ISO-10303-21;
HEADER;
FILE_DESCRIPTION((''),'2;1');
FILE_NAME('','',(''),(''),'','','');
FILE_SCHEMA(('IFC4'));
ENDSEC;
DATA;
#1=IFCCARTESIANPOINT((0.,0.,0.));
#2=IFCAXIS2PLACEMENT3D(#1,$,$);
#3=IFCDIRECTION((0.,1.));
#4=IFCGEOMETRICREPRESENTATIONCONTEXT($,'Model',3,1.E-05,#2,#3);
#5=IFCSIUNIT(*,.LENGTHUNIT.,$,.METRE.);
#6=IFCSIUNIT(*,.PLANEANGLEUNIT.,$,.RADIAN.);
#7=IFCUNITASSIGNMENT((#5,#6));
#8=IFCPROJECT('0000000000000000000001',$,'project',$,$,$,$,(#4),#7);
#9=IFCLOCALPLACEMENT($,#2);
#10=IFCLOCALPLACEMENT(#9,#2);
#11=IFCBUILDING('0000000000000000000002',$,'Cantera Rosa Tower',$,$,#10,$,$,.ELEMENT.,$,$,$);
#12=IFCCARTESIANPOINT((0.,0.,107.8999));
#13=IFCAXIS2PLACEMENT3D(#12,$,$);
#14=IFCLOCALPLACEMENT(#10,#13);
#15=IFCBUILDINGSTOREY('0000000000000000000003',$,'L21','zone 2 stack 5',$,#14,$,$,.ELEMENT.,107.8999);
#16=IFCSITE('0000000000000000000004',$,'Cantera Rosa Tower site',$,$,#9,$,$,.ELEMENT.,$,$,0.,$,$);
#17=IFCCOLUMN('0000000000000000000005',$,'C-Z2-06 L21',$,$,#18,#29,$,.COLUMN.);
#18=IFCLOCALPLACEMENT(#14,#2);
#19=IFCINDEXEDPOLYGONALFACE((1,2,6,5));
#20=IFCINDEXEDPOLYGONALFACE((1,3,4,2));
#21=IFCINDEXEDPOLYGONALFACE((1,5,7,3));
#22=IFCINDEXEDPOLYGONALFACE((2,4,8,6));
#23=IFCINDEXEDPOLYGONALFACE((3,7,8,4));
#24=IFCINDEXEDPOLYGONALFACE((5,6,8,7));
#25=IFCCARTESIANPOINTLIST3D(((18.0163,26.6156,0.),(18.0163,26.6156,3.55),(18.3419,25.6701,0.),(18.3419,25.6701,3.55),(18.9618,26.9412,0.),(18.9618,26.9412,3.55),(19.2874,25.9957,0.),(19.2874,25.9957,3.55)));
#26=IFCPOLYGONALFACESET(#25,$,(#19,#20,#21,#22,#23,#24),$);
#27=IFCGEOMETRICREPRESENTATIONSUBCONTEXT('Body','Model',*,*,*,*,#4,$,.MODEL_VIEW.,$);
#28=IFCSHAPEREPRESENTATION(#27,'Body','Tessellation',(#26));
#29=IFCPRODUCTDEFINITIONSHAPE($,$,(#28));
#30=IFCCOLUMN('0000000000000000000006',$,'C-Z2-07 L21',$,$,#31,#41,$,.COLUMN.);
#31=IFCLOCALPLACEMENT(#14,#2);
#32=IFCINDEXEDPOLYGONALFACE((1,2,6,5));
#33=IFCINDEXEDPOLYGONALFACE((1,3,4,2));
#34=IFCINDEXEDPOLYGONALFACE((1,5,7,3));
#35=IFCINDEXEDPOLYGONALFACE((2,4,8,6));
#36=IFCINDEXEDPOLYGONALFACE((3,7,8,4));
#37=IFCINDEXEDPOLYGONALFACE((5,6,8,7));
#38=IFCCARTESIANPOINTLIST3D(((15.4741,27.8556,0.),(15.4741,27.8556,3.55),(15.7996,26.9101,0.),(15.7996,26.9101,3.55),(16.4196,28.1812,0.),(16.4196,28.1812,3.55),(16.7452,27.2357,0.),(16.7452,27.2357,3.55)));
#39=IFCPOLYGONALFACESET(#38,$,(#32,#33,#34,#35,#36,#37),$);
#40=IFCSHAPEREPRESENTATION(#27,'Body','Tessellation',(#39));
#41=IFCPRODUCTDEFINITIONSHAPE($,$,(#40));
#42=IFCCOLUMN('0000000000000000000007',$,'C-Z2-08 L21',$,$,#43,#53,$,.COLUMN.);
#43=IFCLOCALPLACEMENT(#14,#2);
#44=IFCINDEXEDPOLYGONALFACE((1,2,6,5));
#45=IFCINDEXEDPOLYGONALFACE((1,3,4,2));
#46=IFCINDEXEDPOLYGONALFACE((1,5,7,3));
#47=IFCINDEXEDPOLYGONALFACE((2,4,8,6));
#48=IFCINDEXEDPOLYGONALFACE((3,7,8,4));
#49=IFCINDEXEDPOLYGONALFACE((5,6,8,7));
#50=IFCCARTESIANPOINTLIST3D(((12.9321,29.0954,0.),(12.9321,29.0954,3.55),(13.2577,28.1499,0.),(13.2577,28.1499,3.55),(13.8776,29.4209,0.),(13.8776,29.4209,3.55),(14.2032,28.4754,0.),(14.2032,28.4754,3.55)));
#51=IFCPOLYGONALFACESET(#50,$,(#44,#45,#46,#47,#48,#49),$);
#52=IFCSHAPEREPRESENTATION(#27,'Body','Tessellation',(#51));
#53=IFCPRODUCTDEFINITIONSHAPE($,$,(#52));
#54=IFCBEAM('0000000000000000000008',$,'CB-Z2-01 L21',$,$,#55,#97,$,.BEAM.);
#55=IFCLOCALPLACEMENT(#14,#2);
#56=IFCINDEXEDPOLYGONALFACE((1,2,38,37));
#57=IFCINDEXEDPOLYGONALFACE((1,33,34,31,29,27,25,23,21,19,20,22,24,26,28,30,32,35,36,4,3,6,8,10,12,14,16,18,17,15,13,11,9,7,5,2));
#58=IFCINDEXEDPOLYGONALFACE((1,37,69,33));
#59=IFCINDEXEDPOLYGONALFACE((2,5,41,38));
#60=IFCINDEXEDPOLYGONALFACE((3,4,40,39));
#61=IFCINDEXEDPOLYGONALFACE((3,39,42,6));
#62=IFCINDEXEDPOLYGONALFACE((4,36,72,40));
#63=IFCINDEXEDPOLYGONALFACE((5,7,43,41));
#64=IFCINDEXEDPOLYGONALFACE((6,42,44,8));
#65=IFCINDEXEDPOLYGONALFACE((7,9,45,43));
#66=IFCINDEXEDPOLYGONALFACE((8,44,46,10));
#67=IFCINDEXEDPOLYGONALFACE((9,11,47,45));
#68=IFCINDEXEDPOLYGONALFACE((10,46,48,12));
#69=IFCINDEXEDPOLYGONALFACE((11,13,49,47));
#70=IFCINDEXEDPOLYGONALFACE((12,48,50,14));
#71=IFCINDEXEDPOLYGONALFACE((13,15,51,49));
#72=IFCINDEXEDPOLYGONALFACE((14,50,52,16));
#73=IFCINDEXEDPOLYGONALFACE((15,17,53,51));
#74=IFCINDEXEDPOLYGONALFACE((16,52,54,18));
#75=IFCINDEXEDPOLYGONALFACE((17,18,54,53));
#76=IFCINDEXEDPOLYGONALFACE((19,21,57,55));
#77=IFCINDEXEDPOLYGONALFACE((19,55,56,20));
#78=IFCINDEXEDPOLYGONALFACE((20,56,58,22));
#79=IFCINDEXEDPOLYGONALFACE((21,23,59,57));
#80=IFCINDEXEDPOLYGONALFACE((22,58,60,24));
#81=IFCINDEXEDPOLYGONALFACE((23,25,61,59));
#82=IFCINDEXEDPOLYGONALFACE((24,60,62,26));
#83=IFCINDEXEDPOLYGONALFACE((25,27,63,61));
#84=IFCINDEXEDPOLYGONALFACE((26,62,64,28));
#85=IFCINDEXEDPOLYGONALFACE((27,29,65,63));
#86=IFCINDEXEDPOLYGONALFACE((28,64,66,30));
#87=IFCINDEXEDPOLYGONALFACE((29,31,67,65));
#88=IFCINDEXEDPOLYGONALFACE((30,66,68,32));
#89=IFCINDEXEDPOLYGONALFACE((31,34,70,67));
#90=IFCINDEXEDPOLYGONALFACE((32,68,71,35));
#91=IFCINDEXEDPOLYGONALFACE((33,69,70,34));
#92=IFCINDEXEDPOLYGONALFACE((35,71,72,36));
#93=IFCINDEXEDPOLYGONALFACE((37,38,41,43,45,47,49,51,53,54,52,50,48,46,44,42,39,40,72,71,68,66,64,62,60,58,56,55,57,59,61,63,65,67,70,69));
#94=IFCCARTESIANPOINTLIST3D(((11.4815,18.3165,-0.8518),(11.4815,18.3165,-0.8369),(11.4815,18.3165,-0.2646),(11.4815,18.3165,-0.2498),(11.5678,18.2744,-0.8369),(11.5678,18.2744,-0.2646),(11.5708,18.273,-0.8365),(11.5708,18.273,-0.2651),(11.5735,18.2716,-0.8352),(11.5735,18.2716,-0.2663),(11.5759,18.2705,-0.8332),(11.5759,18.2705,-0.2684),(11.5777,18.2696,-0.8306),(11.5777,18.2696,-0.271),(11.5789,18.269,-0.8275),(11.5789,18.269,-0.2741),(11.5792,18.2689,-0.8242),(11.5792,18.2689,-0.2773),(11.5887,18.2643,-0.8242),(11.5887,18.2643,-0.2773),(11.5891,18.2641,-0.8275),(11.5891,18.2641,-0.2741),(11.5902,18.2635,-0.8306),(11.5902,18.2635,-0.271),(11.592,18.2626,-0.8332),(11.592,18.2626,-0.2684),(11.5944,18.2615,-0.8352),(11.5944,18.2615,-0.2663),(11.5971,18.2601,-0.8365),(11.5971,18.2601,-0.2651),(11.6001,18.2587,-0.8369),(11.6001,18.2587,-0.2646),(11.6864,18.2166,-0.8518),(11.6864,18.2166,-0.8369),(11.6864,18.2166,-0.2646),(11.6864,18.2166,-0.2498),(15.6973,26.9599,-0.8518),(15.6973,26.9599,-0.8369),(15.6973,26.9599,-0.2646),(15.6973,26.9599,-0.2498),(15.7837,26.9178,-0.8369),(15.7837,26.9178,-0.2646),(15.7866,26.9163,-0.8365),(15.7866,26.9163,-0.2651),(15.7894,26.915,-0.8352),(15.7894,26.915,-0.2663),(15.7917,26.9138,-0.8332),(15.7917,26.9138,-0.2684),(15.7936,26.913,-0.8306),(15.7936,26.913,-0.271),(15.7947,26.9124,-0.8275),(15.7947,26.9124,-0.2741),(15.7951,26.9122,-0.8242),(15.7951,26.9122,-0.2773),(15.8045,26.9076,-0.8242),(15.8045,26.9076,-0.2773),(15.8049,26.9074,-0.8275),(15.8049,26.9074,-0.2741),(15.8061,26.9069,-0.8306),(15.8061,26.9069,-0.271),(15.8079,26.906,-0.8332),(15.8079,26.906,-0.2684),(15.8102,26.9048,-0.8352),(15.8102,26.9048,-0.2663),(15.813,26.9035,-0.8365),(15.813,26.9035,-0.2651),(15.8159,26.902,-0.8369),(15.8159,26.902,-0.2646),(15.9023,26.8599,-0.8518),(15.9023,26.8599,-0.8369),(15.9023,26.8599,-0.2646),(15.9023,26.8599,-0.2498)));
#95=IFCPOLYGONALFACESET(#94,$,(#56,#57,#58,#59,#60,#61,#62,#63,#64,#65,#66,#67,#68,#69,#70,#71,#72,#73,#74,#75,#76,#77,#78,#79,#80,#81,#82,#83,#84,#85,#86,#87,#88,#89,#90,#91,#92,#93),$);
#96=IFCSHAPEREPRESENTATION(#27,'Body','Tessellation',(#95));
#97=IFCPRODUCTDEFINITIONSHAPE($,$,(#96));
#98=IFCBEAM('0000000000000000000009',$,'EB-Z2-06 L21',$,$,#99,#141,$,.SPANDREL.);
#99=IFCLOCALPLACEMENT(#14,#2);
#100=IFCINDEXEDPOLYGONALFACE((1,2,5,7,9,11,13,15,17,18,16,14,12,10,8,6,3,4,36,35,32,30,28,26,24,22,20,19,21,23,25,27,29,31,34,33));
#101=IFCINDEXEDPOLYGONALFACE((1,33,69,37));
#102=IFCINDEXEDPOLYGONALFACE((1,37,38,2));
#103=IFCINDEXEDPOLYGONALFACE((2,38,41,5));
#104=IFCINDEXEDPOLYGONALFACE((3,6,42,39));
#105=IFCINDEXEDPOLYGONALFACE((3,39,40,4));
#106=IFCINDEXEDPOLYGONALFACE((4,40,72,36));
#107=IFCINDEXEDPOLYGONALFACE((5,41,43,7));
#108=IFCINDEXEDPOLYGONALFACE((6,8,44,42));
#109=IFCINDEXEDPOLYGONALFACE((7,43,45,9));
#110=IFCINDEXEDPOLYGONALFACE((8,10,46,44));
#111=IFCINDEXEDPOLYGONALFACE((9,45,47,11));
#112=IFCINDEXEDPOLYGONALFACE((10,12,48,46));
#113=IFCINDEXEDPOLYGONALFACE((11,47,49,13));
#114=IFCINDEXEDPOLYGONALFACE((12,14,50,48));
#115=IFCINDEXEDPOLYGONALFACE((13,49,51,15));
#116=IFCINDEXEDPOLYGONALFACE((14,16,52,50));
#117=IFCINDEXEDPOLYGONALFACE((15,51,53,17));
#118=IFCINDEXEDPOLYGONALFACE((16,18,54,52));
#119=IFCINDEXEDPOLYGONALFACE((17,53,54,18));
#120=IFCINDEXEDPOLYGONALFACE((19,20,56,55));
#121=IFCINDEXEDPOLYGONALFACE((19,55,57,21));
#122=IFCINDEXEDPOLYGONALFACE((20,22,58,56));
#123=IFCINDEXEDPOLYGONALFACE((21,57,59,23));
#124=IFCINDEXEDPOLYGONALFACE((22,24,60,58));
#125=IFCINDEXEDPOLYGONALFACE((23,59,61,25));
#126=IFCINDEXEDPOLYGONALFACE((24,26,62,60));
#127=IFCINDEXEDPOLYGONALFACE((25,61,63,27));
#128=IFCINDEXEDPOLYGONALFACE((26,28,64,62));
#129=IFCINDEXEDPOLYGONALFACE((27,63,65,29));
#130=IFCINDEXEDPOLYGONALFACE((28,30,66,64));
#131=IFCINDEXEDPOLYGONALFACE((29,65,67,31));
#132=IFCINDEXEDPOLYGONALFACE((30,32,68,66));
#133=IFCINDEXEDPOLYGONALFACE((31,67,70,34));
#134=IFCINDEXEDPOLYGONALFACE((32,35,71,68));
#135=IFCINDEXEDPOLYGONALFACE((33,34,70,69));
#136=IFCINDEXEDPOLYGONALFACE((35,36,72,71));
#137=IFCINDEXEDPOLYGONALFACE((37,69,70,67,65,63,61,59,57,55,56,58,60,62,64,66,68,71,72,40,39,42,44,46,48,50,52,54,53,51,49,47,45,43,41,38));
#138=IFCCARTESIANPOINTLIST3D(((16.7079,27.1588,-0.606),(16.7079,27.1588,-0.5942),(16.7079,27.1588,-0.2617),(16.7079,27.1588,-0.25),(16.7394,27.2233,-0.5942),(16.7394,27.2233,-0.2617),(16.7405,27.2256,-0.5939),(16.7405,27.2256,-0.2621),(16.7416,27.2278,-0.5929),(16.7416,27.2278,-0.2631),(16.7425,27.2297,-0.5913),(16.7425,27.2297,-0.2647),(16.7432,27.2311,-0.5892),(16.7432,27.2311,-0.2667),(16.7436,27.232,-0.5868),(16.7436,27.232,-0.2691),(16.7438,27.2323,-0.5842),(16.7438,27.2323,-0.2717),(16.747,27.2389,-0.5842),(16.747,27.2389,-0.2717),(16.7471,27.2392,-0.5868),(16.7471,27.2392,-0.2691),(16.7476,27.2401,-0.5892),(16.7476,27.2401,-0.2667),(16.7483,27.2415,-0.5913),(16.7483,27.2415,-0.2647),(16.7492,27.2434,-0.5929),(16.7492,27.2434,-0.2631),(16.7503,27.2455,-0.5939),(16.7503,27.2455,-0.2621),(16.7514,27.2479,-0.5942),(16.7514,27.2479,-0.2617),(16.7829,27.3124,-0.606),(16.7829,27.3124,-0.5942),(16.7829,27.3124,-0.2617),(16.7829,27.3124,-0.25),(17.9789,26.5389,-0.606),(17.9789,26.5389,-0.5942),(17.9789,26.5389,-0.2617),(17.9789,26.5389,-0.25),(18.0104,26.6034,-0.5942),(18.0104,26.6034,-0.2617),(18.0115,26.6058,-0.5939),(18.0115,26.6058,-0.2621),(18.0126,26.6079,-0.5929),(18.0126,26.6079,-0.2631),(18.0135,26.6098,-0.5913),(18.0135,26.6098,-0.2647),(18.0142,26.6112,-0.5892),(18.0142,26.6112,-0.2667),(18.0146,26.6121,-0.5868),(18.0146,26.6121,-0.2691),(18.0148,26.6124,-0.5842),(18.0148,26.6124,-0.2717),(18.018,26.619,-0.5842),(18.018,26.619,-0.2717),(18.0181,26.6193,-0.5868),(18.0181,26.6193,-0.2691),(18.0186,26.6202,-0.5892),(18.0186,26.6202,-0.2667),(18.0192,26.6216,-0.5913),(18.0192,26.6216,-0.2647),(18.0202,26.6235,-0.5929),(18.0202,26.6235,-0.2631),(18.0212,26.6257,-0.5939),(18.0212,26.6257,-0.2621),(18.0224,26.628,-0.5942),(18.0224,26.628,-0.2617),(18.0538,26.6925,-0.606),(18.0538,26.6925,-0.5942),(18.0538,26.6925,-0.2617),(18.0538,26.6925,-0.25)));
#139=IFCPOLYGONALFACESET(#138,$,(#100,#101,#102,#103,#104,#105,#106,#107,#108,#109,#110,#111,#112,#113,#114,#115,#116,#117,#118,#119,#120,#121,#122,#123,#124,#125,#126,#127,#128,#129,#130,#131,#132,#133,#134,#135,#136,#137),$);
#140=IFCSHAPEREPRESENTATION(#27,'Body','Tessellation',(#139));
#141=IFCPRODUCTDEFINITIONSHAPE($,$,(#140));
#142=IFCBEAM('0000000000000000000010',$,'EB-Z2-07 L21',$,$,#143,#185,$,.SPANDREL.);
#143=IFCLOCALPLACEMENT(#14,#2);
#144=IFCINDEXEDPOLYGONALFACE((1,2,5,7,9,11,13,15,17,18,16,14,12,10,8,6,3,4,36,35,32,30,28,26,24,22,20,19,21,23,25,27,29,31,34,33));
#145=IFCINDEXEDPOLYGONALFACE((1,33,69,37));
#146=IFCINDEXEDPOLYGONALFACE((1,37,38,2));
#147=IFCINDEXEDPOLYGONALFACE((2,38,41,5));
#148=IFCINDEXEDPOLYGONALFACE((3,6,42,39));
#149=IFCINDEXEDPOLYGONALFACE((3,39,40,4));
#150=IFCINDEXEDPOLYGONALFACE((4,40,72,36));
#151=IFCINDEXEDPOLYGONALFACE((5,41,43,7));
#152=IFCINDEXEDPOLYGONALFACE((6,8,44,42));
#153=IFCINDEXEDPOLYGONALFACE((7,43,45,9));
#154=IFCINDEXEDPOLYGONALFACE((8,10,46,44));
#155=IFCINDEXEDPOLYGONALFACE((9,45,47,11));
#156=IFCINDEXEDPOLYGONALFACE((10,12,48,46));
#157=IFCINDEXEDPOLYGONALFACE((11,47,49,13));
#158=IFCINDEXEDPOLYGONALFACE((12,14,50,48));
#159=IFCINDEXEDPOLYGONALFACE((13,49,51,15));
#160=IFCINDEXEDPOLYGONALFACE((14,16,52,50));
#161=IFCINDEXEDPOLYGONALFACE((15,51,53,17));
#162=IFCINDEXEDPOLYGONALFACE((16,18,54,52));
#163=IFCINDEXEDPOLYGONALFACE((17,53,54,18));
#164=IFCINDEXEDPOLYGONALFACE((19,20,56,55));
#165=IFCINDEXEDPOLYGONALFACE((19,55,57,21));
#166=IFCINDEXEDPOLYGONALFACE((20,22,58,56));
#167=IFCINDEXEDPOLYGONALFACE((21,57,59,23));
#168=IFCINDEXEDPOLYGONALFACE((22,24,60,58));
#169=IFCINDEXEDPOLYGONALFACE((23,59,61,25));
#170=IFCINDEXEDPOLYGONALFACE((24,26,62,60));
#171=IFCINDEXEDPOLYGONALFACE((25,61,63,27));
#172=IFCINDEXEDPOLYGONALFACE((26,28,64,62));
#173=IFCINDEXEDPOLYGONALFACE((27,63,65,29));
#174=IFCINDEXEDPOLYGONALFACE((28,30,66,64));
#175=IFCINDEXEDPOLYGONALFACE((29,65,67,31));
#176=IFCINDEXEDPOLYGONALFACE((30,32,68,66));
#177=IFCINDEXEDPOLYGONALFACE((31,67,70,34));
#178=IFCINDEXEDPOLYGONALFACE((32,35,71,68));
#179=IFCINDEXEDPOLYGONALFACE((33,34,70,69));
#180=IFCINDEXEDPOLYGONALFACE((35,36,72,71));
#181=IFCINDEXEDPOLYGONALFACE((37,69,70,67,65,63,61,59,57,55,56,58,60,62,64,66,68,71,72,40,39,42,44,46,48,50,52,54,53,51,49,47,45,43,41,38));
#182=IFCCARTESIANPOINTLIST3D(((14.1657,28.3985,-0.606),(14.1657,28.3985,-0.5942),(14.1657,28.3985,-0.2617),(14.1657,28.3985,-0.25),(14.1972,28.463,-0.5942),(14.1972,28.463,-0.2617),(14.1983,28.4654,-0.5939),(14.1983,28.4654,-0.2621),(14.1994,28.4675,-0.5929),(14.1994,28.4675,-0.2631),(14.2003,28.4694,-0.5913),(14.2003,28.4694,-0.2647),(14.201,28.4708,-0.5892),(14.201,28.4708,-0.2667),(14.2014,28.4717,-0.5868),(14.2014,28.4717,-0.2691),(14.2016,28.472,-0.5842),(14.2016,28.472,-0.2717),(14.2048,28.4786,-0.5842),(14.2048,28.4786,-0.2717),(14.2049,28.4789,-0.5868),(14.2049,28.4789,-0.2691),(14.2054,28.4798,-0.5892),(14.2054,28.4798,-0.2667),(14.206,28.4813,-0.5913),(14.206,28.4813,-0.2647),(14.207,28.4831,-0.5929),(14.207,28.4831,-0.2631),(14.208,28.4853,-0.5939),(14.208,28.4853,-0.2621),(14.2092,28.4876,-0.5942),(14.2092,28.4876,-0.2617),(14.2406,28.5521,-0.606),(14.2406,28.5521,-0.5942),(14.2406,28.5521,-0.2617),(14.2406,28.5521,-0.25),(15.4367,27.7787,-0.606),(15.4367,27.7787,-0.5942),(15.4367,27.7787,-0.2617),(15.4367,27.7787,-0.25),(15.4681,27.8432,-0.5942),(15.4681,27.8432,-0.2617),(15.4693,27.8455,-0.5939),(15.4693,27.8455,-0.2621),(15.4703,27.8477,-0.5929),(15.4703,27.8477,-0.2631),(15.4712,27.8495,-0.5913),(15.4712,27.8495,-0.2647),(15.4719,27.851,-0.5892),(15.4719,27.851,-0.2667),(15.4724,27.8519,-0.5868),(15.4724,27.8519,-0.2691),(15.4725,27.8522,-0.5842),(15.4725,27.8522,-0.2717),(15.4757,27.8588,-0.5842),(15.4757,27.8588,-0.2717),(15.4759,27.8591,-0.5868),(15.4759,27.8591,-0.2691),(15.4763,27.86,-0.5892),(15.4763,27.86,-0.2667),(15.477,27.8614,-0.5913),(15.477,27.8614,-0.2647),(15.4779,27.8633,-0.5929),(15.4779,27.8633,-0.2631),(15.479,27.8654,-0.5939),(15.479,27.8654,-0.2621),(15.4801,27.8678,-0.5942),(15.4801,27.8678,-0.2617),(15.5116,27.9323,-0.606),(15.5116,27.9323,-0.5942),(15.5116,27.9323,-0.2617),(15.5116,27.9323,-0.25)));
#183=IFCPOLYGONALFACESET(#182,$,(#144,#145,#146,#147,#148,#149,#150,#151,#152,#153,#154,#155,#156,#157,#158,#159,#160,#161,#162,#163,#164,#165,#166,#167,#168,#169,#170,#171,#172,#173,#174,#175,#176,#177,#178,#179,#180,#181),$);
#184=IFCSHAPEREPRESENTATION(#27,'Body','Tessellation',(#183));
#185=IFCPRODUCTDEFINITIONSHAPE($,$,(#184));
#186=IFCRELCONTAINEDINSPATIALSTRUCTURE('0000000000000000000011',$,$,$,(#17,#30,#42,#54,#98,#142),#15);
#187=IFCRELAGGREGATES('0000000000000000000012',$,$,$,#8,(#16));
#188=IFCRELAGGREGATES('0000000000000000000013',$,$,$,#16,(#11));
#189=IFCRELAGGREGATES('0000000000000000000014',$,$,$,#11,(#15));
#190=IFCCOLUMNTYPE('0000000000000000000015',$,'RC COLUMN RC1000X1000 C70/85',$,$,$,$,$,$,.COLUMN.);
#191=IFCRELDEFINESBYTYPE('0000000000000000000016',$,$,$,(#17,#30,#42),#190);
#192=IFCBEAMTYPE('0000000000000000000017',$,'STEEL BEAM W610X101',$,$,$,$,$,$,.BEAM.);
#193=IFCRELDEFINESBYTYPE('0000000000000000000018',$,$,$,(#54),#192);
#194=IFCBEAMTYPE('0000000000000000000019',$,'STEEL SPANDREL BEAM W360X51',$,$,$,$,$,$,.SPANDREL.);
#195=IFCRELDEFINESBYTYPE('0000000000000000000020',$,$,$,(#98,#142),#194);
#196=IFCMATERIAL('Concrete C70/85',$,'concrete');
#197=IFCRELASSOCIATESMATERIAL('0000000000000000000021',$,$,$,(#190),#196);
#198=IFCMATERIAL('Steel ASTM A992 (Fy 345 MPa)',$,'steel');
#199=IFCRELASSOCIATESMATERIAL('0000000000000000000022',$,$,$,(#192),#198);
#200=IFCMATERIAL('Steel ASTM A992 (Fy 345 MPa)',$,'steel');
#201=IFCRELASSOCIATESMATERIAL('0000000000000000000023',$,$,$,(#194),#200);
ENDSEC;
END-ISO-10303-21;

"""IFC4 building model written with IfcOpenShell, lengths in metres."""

from ifc_helpers import new_model, si_unit, direction, frame, origin, origin_2d, place, context, subcontext, project, spatial, rectangle, i_section, extrude, material, material_profile, profile_set, type_object, element, save


model = new_model("IFC4")

# Units and contexts
model_context = context("Model", 3, precision=1e-05, world=origin(), true_north=direction((0.0, 1.0)))
body_context = subcontext(model_context, "Body", "Model", "MODEL_VIEW")
ifc_project = project(units=[si_unit("LENGTHUNIT", "METRE"), si_unit("PLANEANGLEUNIT", "RADIAN")], contexts=[model_context])

# Site, building, storey
site_placement = place(None, origin())
site = spatial("IfcSite", under=ifc_project, at=site_placement, Name="Cantera Rosa Tower site", CompositionType="ELEMENT", RefElevation=0.0)
building_placement = place(site_placement, origin())
building = spatial("IfcBuilding", under=site, at=building_placement, Name="Cantera Rosa Tower", CompositionType="ELEMENT")
storey_placement = place(building_placement, frame((0.0, 0.0, 107.8999)))
storey = spatial("IfcBuildingStorey", under=building, at=storey_placement, Name="L21", Description="zone 2 stack 5", CompositionType="ELEMENT", Elevation=107.8999)

# Columns
ifc_material_1 = material(Name="Concrete C70/85", Category="concrete")
ifc_material_profile_1 = material_profile(ifc_material_1, rectangle(XDim=1.0, YDim=1.0, at=origin_2d()), Name="RC COLUMN RC1000X1000 C70/85")
ifc_profile_set_1 = profile_set([ifc_material_profile_1], Name="Concrete C70/85")
column_type = type_object("IfcColumnType", Name="RC COLUMN RC1000X1000 C70/85", PredefinedType="COLUMN", material=ifc_profile_set_1)
for number, where, z_axis, x_axis, name in (
    (1, (18.6519, 26.3057, 0.0), (0.0, 0.0, 1.0), (0.945519, 0.325568, 0.0), "C-Z2-06 L21"),
    (2, (16.1096, 27.5457, 0.0), (0.0, 0.0, 1.0), (0.945519, 0.325568, 0.0), "C-Z2-07 L21"),
    (3, (13.5676, 28.7854, 0.0), (0.0, 0.0, 1.0), (0.945519, 0.325568, 0.0), "C-Z2-08 L21"),
):
    element("IfcColumn", number, at=place(storey_placement, frame(where, z_axis=z_axis, x_axis=x_axis)), inside=storey, type_object=column_type, Name=name, PredefinedType="COLUMN", context=body_context, shape_type="SweptSolid", body=[
        extrude(rectangle(XDim=1.0, YDim=1.0, at=origin_2d()), origin(), (0.0, 0.0, 1.0), 3.55),
    ])

# Beams
ifc_material_2 = material(Name="Steel ASTM A992 (Fy 345 MPa)", Category="steel")
ifc_material_profile_2 = material_profile(ifc_material_2, i_section(OverallWidth=0.228, OverallDepth=0.6021, WebThickness=0.0105, FlangeThickness=0.0149, FilletRadius=0.0127, at=origin_2d()), Name="W610X101")
ifc_profile_set_2 = profile_set([ifc_material_profile_2], Name="Steel ASTM A992 (Fy 345 MPa)")
beam_type_1 = type_object("IfcBeamType", Name="STEEL BEAM W610X101", PredefinedType="BEAM", material=ifc_profile_set_2)
beam_1_placement = place(storey_placement, frame((15.7998, 26.9099, -0.5508), z_axis=(-0.438388, -0.898786, 0.0), x_axis=(0.898786, -0.438388, 0.0)))
element("IfcBeam", 4, at=beam_1_placement, inside=storey, type_object=beam_type_1, Name="CB-Z2-01 L21", PredefinedType="BEAM", context=body_context, shape_type="SweptSolid", body=[
    extrude(i_section(OverallWidth=0.228, OverallDepth=0.6021, WebThickness=0.0105, FlangeThickness=0.0149, FilletRadius=0.0127, at=origin_2d()), origin(), (0.0, 0.0, 1.0), 9.6167),
])
ifc_material_3 = material(Name="Steel ASTM A992 (Fy 345 MPa)", Category="steel")
ifc_material_profile_3 = material_profile(ifc_material_3, i_section(OverallWidth=0.1709, OverallDepth=0.356, WebThickness=0.0073, FlangeThickness=0.0117, FilletRadius=0.01, at=origin_2d()), Name="W360X51")
ifc_profile_set_3 = profile_set([ifc_material_profile_3], Name="Steel ASTM A992 (Fy 345 MPa)")
beam_type_2 = type_object("IfcBeamType", Name="STEEL SPANDREL BEAM W360X51", PredefinedType="SPANDREL", material=ifc_profile_set_3)
for number, where, z_axis, x_axis, name in (
    (5, (18.0164, 26.6157, -0.428), (-0.898803, 0.438352, 0.0), (-0.438352, -0.898803, 0.0), "EB-Z2-06 L21"),
    (6, (15.4741, 27.8555, -0.428), (-0.898803, 0.438352, 0.0), (-0.438352, -0.898803, 0.0), "EB-Z2-07 L21"),
):
    element("IfcBeam", number, at=place(storey_placement, frame(where, z_axis=z_axis, x_axis=x_axis)), inside=storey, type_object=beam_type_2, Name=name, PredefinedType="SPANDREL", context=body_context, shape_type="SweptSolid", body=[
        extrude(i_section(OverallWidth=0.1709, OverallDepth=0.356, WebThickness=0.0073, FlangeThickness=0.0117, FilletRadius=0.01, at=origin_2d()), origin(), (0.0, 0.0, 1.0), 1.4141),
    ])

save(model, "model.ifc")
